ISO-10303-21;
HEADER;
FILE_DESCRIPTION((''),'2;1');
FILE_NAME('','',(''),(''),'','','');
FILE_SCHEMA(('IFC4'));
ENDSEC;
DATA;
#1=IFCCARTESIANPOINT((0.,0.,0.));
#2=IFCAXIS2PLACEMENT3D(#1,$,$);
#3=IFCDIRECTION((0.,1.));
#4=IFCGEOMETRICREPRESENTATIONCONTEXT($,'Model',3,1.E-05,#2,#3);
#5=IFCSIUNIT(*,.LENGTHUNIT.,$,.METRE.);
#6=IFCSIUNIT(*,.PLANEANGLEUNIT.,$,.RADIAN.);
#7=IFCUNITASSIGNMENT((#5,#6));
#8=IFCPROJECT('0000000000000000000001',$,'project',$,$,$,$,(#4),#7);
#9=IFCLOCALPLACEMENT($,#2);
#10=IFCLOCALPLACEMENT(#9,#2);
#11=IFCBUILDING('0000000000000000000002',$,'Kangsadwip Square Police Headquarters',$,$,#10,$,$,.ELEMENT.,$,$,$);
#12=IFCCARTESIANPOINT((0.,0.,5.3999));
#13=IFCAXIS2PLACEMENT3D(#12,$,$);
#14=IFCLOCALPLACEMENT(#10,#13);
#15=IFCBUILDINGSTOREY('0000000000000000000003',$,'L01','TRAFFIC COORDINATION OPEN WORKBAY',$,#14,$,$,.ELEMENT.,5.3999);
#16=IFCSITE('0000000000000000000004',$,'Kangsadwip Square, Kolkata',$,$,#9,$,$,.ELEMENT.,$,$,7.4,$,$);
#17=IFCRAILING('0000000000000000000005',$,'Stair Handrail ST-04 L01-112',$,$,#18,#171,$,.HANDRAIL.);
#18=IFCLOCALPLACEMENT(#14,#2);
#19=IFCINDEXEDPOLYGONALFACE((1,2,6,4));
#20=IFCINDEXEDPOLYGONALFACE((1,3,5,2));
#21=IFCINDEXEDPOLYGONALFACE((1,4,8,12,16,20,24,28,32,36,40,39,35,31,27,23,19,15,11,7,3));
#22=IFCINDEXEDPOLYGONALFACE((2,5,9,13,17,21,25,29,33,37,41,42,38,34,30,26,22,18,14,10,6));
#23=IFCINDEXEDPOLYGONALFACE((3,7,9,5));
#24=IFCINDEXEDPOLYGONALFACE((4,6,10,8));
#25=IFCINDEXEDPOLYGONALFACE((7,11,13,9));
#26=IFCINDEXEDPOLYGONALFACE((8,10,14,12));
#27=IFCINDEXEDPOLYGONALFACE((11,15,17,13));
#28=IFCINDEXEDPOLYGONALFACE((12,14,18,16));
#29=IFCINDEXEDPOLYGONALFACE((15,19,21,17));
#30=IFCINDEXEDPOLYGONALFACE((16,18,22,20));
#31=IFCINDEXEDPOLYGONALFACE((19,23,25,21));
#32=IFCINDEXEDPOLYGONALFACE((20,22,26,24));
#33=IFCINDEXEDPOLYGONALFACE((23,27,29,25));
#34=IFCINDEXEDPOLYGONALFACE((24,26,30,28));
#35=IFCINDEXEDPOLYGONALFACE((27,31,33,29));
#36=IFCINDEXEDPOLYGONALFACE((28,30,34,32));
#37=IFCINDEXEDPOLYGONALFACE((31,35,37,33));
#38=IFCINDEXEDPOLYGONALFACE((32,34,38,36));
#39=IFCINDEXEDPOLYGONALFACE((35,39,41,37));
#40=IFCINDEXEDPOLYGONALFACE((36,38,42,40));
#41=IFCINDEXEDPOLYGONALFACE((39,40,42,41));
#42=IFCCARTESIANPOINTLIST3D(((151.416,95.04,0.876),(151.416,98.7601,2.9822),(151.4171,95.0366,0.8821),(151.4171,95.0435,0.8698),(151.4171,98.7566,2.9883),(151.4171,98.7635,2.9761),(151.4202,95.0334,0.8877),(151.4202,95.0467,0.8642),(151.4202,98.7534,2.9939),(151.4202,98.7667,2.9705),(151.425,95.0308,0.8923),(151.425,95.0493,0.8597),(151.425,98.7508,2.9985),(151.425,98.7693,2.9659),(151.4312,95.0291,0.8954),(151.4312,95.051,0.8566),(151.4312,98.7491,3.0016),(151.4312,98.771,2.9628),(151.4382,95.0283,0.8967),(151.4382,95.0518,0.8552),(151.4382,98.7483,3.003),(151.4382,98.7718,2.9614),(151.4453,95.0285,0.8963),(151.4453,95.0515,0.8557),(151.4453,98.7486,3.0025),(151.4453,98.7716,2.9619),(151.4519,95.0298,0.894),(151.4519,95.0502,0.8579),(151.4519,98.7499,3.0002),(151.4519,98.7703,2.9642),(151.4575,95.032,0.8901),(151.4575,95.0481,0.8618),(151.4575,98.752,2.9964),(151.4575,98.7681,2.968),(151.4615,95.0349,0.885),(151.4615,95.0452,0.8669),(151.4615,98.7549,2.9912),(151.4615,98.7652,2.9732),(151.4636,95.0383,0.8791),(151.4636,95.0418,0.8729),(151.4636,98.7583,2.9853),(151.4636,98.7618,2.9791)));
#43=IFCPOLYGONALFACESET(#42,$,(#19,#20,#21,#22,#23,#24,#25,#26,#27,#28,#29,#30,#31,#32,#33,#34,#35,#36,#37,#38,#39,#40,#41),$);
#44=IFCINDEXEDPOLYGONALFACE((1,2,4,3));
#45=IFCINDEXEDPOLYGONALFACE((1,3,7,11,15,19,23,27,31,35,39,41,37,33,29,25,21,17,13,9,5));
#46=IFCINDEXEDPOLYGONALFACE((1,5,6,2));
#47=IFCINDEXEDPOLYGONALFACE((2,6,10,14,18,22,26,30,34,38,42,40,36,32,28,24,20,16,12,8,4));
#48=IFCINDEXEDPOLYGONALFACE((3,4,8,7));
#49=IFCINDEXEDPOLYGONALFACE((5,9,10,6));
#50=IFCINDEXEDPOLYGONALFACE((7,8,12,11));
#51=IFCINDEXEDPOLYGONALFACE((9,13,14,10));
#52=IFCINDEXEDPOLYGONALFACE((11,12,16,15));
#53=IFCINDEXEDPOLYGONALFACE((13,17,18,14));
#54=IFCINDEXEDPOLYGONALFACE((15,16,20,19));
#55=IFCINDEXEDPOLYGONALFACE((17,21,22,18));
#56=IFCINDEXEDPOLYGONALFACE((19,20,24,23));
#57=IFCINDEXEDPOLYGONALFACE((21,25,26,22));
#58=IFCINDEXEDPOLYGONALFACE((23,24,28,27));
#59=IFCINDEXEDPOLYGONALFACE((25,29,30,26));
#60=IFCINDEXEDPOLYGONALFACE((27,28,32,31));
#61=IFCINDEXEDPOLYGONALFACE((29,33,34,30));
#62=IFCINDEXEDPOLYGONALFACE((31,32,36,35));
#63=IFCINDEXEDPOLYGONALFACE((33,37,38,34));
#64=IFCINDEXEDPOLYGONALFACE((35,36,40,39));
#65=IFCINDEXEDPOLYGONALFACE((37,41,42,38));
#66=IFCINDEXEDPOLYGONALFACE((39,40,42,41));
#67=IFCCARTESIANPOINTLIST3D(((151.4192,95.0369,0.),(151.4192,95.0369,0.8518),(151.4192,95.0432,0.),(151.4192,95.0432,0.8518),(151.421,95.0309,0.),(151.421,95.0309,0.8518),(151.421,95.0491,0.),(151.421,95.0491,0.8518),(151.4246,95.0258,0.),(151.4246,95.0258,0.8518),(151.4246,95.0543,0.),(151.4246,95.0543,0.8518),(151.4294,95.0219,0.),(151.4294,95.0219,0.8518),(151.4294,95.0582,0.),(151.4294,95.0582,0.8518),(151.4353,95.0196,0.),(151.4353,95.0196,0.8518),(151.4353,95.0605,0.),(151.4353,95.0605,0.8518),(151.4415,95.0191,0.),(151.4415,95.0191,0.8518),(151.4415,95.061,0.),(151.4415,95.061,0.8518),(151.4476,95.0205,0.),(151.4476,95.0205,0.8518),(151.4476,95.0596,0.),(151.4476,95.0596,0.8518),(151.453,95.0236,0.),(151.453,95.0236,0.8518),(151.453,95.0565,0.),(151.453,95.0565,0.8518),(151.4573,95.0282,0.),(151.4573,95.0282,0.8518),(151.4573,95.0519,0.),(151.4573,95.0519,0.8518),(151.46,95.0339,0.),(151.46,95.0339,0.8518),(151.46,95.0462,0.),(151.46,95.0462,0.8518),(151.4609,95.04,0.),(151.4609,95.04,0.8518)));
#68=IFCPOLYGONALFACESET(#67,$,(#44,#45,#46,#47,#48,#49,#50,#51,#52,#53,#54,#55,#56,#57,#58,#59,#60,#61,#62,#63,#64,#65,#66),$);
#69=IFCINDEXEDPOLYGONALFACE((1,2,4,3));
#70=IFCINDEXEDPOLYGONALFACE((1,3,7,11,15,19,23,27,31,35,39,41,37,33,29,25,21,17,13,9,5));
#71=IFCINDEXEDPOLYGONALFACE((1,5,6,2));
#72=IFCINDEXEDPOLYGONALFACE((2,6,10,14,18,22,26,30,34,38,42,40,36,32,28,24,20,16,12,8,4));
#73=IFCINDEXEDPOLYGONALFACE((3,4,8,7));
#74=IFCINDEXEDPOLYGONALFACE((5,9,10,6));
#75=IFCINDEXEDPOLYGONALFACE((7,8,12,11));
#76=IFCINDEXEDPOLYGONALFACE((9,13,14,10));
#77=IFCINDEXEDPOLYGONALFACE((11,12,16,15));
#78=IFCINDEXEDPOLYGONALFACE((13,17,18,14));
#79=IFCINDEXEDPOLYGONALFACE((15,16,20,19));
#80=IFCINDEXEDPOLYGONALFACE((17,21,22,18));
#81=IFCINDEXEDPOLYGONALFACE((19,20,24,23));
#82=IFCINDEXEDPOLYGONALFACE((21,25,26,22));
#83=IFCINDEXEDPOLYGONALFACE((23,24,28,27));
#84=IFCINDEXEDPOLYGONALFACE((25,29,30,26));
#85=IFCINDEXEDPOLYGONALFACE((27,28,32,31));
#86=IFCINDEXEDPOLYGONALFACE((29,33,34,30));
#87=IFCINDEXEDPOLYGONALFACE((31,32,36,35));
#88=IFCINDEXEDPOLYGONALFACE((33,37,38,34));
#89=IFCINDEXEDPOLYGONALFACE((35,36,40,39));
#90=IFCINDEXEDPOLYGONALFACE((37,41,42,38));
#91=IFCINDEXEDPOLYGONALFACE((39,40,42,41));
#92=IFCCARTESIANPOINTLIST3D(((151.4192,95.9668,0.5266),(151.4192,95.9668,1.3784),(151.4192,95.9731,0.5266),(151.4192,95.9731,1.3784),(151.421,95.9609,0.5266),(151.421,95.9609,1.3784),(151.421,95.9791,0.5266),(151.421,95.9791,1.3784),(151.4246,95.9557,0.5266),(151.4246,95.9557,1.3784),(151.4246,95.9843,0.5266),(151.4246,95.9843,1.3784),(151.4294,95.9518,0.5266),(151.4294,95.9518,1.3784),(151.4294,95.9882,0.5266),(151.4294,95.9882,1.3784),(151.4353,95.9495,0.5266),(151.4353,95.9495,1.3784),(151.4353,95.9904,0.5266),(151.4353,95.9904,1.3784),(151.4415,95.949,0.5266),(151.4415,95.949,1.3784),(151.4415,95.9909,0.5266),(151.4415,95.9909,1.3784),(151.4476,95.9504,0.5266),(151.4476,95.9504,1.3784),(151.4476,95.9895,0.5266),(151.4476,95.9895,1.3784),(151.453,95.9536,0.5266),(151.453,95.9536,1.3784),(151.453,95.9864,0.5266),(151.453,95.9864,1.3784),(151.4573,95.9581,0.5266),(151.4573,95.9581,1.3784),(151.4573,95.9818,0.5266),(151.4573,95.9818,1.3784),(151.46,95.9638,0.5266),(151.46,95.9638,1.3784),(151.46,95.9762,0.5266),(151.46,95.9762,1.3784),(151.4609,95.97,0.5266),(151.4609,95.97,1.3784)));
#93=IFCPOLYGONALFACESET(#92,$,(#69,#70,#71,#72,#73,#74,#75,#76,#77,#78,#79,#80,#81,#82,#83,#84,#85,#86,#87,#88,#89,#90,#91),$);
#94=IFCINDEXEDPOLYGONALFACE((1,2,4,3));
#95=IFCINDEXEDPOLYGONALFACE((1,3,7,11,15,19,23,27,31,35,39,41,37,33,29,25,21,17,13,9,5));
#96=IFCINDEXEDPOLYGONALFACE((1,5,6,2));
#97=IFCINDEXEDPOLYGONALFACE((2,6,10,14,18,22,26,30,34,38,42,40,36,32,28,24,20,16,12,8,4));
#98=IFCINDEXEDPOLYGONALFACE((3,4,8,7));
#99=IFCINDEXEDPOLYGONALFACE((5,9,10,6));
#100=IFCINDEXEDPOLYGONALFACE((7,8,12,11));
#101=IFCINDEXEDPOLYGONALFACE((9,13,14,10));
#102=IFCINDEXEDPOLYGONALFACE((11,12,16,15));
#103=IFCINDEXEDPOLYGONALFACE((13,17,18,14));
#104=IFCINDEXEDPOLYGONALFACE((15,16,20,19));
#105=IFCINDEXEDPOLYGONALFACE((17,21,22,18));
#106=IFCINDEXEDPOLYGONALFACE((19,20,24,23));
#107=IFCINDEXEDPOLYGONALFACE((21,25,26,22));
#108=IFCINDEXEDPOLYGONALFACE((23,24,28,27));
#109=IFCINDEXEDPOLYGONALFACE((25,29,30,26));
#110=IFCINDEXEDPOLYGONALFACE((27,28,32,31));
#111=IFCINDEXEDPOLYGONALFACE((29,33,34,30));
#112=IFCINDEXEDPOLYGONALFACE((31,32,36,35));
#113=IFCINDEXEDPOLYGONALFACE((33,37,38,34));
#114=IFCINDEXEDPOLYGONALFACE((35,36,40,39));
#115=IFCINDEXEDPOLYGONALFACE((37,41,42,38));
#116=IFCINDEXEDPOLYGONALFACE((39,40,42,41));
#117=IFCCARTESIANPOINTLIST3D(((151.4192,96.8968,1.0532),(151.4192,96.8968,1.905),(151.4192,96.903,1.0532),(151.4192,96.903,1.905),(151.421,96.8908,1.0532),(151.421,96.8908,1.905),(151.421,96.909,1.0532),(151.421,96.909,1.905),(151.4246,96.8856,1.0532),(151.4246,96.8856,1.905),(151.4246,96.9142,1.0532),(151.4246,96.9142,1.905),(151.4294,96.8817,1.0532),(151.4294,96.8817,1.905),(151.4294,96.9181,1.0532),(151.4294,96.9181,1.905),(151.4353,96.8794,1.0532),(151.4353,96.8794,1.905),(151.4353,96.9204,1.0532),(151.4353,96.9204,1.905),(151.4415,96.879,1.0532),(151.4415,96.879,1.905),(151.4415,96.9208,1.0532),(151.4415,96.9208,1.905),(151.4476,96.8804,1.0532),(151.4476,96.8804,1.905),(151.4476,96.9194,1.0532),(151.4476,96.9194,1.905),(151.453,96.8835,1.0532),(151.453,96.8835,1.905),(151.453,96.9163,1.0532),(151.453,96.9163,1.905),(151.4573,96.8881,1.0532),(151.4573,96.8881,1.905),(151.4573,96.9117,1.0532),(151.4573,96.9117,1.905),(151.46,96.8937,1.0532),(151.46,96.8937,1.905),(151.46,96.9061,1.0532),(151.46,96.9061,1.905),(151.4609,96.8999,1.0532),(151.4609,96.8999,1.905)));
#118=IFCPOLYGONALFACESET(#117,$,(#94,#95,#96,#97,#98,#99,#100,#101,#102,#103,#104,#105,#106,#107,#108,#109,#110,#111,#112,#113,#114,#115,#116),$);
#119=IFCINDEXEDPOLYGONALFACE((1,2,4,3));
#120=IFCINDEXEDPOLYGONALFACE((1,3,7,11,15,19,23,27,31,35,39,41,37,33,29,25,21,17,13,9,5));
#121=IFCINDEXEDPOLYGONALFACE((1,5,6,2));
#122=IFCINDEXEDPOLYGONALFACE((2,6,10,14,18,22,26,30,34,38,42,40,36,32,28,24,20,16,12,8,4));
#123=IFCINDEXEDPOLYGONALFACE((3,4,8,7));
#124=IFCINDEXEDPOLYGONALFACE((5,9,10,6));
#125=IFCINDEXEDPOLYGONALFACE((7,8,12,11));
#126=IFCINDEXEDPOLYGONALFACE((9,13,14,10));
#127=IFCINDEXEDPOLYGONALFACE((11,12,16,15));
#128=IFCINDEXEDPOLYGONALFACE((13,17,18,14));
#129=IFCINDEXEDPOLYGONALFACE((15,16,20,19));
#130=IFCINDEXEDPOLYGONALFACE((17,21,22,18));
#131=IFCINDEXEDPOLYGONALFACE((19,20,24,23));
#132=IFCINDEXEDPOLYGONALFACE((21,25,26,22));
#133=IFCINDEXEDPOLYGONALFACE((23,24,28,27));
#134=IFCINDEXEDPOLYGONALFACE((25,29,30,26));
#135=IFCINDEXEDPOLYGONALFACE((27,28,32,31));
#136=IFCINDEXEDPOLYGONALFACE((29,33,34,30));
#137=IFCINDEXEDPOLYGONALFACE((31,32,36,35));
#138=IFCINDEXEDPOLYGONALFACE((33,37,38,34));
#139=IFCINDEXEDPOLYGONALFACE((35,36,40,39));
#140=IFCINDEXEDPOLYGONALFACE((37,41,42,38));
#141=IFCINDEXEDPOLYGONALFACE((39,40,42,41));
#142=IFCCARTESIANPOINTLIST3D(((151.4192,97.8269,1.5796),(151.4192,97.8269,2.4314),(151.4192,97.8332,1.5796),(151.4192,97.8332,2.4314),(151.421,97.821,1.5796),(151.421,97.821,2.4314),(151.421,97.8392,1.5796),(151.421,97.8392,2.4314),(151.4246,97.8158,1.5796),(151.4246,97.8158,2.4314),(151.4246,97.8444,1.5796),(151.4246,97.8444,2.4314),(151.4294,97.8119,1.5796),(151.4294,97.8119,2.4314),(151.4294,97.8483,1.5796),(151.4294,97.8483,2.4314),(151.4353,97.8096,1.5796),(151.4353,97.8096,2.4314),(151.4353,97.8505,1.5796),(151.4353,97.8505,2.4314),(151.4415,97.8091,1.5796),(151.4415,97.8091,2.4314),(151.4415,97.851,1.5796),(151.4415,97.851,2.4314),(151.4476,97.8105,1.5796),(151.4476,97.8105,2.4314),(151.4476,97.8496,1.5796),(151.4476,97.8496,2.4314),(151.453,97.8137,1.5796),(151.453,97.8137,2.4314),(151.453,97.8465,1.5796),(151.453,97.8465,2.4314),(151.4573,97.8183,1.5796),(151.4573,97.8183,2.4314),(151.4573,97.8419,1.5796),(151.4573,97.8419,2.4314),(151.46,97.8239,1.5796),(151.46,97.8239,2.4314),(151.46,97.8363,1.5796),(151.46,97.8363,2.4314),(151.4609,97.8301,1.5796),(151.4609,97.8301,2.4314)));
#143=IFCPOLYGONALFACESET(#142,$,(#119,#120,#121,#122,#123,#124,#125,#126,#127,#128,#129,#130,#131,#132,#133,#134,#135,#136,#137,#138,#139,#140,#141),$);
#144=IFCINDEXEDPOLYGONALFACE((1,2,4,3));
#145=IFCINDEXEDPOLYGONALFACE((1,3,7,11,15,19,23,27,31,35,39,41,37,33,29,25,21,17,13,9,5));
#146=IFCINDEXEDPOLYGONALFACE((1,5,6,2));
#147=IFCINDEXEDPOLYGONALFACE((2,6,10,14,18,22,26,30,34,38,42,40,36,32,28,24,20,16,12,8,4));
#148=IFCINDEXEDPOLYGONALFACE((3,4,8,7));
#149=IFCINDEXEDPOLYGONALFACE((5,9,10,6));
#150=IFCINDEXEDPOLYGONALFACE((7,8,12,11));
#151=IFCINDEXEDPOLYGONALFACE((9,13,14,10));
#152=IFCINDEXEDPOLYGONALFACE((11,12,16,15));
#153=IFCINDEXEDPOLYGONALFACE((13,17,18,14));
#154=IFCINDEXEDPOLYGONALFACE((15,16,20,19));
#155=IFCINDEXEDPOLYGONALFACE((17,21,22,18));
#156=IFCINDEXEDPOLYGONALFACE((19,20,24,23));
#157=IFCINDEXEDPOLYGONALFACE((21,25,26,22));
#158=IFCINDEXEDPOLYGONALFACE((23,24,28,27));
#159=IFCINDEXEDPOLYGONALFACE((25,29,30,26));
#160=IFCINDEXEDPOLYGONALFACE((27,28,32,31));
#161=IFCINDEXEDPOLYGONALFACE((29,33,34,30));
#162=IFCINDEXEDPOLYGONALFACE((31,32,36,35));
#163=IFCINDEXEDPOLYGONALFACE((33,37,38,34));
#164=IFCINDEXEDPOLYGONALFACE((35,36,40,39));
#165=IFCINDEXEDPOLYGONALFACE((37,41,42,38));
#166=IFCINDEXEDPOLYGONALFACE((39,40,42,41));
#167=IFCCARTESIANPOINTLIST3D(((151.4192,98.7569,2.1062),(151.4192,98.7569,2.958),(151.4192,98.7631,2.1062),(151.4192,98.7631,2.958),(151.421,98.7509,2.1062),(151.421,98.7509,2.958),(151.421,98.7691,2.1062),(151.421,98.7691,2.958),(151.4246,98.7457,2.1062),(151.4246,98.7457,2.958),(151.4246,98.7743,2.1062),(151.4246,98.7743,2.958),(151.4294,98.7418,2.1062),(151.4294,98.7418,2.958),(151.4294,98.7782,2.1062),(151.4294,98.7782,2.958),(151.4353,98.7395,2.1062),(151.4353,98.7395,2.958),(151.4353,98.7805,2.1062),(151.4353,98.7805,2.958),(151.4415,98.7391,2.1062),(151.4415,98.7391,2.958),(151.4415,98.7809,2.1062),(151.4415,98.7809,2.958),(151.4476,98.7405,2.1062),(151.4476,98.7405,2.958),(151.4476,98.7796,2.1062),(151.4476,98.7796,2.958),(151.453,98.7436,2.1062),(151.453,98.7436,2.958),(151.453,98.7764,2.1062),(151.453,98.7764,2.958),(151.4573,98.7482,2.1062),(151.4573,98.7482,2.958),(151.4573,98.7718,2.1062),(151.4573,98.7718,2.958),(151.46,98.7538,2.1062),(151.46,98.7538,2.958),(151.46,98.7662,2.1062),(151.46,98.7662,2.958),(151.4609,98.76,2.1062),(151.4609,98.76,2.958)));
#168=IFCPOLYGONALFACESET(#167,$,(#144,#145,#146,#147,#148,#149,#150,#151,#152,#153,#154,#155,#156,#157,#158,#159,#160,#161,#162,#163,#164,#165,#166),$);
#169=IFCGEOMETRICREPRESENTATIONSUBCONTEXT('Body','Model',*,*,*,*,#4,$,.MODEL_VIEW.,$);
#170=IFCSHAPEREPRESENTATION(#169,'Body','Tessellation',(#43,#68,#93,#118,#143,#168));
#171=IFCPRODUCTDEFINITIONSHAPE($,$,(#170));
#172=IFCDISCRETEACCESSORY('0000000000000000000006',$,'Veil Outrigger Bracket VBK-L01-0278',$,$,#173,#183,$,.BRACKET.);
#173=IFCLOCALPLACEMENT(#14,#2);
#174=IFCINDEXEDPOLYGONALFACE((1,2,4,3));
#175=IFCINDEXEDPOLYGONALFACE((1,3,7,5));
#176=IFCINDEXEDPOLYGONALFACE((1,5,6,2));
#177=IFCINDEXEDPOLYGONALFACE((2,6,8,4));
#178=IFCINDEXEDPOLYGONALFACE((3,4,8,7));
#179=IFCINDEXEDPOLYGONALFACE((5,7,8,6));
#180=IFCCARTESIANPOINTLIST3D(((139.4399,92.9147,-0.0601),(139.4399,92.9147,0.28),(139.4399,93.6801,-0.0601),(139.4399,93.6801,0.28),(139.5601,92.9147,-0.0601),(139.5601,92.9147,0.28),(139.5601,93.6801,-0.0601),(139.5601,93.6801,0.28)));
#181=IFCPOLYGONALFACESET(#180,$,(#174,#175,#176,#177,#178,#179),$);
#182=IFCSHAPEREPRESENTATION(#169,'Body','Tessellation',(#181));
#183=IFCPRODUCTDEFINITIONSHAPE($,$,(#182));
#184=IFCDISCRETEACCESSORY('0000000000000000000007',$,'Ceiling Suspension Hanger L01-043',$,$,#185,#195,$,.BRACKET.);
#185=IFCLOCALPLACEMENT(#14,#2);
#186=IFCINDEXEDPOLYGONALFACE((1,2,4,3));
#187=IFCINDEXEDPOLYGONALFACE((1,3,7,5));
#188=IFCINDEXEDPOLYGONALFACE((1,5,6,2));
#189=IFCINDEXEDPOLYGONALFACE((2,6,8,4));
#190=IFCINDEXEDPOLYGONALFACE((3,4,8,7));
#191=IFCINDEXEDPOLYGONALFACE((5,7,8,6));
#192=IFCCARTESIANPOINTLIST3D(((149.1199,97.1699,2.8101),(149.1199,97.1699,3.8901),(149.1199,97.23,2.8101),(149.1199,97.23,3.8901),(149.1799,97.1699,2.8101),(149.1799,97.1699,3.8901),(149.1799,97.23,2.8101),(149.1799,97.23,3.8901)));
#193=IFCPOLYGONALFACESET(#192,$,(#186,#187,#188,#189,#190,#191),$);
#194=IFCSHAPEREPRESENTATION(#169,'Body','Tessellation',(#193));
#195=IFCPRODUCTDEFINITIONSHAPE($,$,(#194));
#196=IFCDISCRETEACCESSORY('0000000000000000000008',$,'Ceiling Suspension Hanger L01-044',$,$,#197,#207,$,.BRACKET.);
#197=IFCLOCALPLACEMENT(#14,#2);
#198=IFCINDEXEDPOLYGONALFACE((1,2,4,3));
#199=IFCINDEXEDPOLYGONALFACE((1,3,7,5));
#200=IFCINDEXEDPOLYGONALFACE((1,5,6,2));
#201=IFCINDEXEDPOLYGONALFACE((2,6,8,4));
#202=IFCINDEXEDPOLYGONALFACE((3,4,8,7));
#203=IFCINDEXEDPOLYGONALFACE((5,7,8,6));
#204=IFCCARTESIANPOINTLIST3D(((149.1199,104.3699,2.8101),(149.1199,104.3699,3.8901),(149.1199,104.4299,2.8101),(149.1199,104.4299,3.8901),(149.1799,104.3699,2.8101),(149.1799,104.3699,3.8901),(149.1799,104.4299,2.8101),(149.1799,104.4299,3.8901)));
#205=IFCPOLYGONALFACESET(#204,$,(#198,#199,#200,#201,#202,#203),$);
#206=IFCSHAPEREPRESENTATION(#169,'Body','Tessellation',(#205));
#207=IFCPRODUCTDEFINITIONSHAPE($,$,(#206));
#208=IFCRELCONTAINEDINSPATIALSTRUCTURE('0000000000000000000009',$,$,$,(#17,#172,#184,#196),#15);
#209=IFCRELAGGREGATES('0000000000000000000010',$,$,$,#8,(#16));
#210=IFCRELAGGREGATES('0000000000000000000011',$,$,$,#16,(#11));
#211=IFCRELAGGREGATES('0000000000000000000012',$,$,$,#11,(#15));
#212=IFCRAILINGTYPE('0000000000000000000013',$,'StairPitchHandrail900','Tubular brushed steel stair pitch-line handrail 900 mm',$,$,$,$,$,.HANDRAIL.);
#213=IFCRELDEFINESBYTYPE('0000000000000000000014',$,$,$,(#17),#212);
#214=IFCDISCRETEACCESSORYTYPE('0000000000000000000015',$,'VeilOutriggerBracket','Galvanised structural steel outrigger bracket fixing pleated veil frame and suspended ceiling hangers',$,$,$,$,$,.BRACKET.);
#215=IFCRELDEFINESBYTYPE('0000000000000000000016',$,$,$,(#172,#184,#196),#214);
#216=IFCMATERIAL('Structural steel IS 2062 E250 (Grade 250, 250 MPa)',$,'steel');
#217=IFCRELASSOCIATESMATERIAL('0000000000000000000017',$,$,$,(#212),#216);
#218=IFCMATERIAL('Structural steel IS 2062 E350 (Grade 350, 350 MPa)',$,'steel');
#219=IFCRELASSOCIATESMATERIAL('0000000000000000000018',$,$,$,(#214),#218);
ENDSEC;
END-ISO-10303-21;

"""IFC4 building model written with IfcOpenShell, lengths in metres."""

from ifc_helpers import new_model, si_unit, direction, frame, origin, origin_2d, place, context, subcontext, project, spatial, rectangle, circle, extrude, material, type_object, element, save


model = new_model("IFC4")

# Units and contexts
model_context = context("Model", 3, precision=1e-05, world=origin(), true_north=direction((0.0, 1.0)))
body_context = subcontext(model_context, "Body", "Model", "MODEL_VIEW")
ifc_project = project(units=[si_unit("LENGTHUNIT", "METRE"), si_unit("PLANEANGLEUNIT", "RADIAN")], contexts=[model_context])

# Site, building, storey
site_placement = place(None, origin())
site = spatial("IfcSite", under=ifc_project, at=site_placement, Name="Kangsadwip Square, Kolkata", CompositionType="ELEMENT", RefElevation=7.4)
building_placement = place(site_placement, origin())
building = spatial("IfcBuilding", under=site, at=building_placement, Name="Kangsadwip Square Police Headquarters", CompositionType="ELEMENT")
storey_placement = place(building_placement, frame((0.0, 0.0, 5.3999)))
storey = spatial("IfcBuildingStorey", under=building, at=storey_placement, Name="L01", Description="TRAFFIC COORDINATION OPEN WORKBAY", CompositionType="ELEMENT", Elevation=5.3999)

# Railing
ifc_material_1 = material(Name="Structural steel IS 2062 E250 (Grade 250, 250 MPa)", Category="steel")
railing_type = type_object("IfcRailingType", Name="StairPitchHandrail900", Description="Tubular brushed steel stair pitch-line handrail 900 mm", PredefinedType="HANDRAIL", material=ifc_material_1)
railing_placement = place(storey_placement, frame((151.4399, 95.04, 0.0)))
element("IfcRailing", 1, at=railing_placement, inside=storey, type_object=railing_type, Name="Stair Handrail ST-04 L01-112", PredefinedType="HANDRAIL", context=body_context, shape_type="SweptSolid", body=[
    extrude(circle(Radius=0.0239, at=origin_2d()), frame((0.0, 0.0, 0.876), z_axis=(0.0, 0.870201, 0.492697), x_axis=(-1.0, 0.0, 0.0)), (0.0, 0.0, 1.0), 4.2749),
    extrude(circle(Radius=0.021, at=origin_2d()), origin(), (0.0, 0.0, 1.0), 0.8518),
    extrude(circle(Radius=0.021, at=origin_2d()), frame((0.0, 0.9299, 0.5266)), (0.0, 0.0, 1.0), 0.8518),
    extrude(circle(Radius=0.021, at=origin_2d()), frame((0.0, 1.8599, 1.0532)), (0.0, 0.0, 1.0), 0.8518),
    extrude(circle(Radius=0.021, at=origin_2d()), frame((0.0, 2.79, 1.5796)), (0.0, 0.0, 1.0), 0.8518),
    extrude(circle(Radius=0.021, at=origin_2d()), frame((0.0, 3.72, 2.1062)), (0.0, 0.0, 1.0), 0.8518),
])

# Discrete accessories
ifc_material_2 = material(Name="Structural steel IS 2062 E350 (Grade 350, 350 MPa)", Category="steel")
discrete_accessory_type = type_object("IfcDiscreteAccessoryType", Name="VeilOutriggerBracket", Description="Galvanised structural steel outrigger bracket fixing pleated veil frame and suspended ceiling hangers", PredefinedType="BRACKET", material=ifc_material_2)
discrete_accessory_placement = place(storey_placement, frame((139.5, 93.2974, -0.0601), z_axis=(0.0, 0.0, 1.0), x_axis=(1.0, 0.0, 0.0)))
element("IfcDiscreteAccessory", 2, at=discrete_accessory_placement, inside=storey, type_object=discrete_accessory_type, Name="Veil Outrigger Bracket VBK-L01-0278", PredefinedType="BRACKET", context=body_context, shape_type="SweptSolid", body=[
    extrude(rectangle(XDim=0.1201, YDim=0.7654, at=origin_2d()), origin(), (0.0, 0.0, 1.0), 0.3401),
])
for number, where, z_axis, x_axis, name in (
    (3, (149.1499, 97.2, 2.8101), (0.0, 0.0, 1.0), (1.0, 0.0, 0.0), "Ceiling Suspension Hanger L01-043"),
    (4, (149.1499, 104.3999, 2.8101), (0.0, 0.0, 1.0), (1.0, 0.0, 0.0), "Ceiling Suspension Hanger L01-044"),
):
    element("IfcDiscreteAccessory", number, at=place(storey_placement, frame(where, z_axis=z_axis, x_axis=x_axis)), inside=storey, type_object=discrete_accessory_type, Name=name, PredefinedType="BRACKET", context=body_context, shape_type="SweptSolid", body=[
        extrude(rectangle(XDim=0.0601, YDim=0.0601, at=origin_2d()), origin(), (0.0, 0.0, 1.0), 1.0801),
    ])

save(model, "model.ifc")
